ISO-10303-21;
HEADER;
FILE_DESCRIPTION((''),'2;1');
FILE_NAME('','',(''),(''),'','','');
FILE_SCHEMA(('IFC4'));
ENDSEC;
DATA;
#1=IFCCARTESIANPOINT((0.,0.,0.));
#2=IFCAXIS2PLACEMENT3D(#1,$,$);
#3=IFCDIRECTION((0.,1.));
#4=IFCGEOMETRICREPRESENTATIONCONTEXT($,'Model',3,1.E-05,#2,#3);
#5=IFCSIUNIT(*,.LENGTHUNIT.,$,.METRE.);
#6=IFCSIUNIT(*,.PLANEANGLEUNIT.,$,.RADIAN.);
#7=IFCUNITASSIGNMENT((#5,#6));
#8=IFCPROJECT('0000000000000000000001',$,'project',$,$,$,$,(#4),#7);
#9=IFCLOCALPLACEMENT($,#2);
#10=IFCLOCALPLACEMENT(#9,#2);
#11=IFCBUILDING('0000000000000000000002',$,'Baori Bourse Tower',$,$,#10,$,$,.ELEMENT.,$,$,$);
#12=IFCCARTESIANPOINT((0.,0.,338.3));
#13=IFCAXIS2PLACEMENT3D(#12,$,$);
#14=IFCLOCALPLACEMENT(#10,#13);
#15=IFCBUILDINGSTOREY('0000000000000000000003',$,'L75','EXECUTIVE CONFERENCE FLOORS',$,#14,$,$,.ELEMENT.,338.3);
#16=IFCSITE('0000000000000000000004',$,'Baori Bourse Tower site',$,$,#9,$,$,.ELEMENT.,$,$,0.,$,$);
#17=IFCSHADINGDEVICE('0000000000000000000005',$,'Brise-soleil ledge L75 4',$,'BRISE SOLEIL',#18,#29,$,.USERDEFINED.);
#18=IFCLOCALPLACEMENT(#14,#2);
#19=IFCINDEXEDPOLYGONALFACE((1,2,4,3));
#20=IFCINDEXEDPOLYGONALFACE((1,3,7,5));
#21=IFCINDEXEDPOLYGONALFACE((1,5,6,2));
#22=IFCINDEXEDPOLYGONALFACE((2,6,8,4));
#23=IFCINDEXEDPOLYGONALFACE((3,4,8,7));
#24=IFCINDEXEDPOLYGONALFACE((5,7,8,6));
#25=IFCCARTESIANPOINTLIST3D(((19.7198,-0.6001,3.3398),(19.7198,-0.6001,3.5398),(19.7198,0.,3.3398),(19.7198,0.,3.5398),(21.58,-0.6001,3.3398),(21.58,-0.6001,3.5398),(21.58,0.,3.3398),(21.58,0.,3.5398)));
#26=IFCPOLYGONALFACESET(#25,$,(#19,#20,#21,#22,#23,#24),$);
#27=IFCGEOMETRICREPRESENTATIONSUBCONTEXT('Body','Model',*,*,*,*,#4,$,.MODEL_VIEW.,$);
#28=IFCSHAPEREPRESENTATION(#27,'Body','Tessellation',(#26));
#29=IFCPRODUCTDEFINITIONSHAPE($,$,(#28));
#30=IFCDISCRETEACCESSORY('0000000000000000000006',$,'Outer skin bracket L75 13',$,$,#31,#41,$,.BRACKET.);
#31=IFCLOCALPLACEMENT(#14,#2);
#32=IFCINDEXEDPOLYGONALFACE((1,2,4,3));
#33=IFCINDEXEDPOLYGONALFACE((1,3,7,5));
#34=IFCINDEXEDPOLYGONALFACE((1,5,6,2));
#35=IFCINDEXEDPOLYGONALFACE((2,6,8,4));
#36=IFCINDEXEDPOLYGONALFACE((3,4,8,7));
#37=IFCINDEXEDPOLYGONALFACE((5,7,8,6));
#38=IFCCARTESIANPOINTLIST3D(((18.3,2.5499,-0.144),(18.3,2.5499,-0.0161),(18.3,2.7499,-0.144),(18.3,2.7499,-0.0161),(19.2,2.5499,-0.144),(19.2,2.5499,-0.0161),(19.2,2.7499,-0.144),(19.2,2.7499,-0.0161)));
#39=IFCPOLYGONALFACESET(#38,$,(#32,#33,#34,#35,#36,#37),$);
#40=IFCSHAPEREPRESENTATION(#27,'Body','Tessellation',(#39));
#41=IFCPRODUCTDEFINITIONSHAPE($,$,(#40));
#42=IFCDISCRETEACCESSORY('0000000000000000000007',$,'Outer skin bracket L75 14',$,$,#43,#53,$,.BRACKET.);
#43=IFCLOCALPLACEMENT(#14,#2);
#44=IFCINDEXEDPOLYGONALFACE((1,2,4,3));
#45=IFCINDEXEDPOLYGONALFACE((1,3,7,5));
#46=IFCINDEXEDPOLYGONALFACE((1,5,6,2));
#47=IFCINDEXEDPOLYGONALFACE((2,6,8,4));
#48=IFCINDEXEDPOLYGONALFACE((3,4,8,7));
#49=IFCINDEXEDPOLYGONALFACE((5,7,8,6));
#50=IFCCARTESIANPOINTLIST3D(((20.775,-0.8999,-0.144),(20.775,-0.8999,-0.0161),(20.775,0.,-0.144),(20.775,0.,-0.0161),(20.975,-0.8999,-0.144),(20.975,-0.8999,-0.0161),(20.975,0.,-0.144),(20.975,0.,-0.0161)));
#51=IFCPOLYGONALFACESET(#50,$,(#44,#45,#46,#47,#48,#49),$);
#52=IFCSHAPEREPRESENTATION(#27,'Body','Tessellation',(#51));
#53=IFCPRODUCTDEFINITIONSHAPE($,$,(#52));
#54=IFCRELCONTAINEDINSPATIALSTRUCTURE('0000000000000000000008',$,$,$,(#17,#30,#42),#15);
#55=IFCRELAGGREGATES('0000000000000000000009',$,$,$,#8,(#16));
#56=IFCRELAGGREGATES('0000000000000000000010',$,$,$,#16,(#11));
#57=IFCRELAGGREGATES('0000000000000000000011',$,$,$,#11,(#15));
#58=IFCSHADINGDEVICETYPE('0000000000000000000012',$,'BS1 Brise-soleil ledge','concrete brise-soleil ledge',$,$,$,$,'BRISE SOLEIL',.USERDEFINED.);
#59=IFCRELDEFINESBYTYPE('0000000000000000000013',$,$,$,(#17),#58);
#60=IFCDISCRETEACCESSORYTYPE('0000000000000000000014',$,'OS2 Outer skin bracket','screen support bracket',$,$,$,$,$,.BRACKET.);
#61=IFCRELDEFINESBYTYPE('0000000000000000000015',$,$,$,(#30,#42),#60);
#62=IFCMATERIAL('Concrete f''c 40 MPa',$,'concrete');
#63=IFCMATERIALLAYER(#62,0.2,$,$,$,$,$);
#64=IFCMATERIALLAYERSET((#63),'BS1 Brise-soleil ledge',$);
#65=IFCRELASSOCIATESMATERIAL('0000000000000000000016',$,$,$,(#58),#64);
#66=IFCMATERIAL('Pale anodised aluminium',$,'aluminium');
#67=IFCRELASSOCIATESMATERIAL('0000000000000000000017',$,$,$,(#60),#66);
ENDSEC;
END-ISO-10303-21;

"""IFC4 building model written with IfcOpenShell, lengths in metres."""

from ifc_helpers import new_model, si_unit, direction, frame, origin, origin_2d, place, context, subcontext, project, spatial, rectangle, extrude, material, layer, layer_set, type_object, element, save


model = new_model("IFC4")

# Units and contexts
model_context = context("Model", 3, precision=1e-05, world=origin(), true_north=direction((0.0, 1.0)))
body_context = subcontext(model_context, "Body", "Model", "MODEL_VIEW")
ifc_project = project(units=[si_unit("LENGTHUNIT", "METRE"), si_unit("PLANEANGLEUNIT", "RADIAN")], contexts=[model_context])

# Site, building, storey
site_placement = place(None, origin())
site = spatial("IfcSite", under=ifc_project, at=site_placement, Name="Baori Bourse Tower site", CompositionType="ELEMENT", RefElevation=0.0)
building_placement = place(site_placement, origin())
building = spatial("IfcBuilding", under=site, at=building_placement, Name="Baori Bourse Tower", CompositionType="ELEMENT")
storey_placement = place(building_placement, frame((0.0, 0.0, 338.3)))
storey = spatial("IfcBuildingStorey", under=building, at=storey_placement, Name="L75", Description="EXECUTIVE CONFERENCE FLOORS", CompositionType="ELEMENT", Elevation=338.3)

# Shading device
ifc_material_1 = material(Name="Concrete f'c 40 MPa", Category="concrete")
ifc_layer_1 = layer(ifc_material_1, 0.2)
ifc_layer_set_1 = layer_set([ifc_layer_1], Name="BS1 Brise-soleil ledge")
shading_device_type = type_object("IfcShadingDeviceType", Name="BS1 Brise-soleil ledge", Description="concrete brise-soleil ledge", ElementType="BRISE SOLEIL", PredefinedType="USERDEFINED", material=ifc_layer_set_1)
shading_device_placement = place(storey_placement, frame((20.6499, -0.3, 3.3398), z_axis=(0.0, 0.0, 1.0), x_axis=(1.0, 0.0, 0.0)))
element("IfcShadingDevice", 1, at=shading_device_placement, inside=storey, type_object=shading_device_type, Name="Brise-soleil ledge L75 4", ObjectType="BRISE SOLEIL", PredefinedType="USERDEFINED", context=body_context, shape_type="SweptSolid", body=[
    extrude(rectangle(XDim=1.8601, YDim=0.6001, at=origin_2d()), origin(), (0.0, 0.0, 1.0), 0.2),
])

# Discrete accessories
ifc_material_2 = material(Name="Pale anodised aluminium", Category="aluminium")
discrete_accessory_type = type_object("IfcDiscreteAccessoryType", Name="OS2 Outer skin bracket", Description="screen support bracket", PredefinedType="BRACKET", material=ifc_material_2)
for number, where, z_axis, x_axis, name in (
    (2, (18.75, 2.6499, -0.144), (0.0, 0.0, 1.0), (0.0, -1.0, 0.0), "Outer skin bracket L75 13"),
    (3, (20.875, -0.45, -0.144), (0.0, 0.0, 1.0), (1.0, 0.0, 0.0), "Outer skin bracket L75 14"),
):
    element("IfcDiscreteAccessory", number, at=place(storey_placement, frame(where, z_axis=z_axis, x_axis=x_axis)), inside=storey, type_object=discrete_accessory_type, Name=name, PredefinedType="BRACKET", context=body_context, shape_type="SweptSolid", body=[
        extrude(rectangle(XDim=0.2, YDim=0.8999, at=origin_2d()), origin(), (0.0, 0.0, 1.0), 0.1279),
    ])

save(model, "model.ifc")
